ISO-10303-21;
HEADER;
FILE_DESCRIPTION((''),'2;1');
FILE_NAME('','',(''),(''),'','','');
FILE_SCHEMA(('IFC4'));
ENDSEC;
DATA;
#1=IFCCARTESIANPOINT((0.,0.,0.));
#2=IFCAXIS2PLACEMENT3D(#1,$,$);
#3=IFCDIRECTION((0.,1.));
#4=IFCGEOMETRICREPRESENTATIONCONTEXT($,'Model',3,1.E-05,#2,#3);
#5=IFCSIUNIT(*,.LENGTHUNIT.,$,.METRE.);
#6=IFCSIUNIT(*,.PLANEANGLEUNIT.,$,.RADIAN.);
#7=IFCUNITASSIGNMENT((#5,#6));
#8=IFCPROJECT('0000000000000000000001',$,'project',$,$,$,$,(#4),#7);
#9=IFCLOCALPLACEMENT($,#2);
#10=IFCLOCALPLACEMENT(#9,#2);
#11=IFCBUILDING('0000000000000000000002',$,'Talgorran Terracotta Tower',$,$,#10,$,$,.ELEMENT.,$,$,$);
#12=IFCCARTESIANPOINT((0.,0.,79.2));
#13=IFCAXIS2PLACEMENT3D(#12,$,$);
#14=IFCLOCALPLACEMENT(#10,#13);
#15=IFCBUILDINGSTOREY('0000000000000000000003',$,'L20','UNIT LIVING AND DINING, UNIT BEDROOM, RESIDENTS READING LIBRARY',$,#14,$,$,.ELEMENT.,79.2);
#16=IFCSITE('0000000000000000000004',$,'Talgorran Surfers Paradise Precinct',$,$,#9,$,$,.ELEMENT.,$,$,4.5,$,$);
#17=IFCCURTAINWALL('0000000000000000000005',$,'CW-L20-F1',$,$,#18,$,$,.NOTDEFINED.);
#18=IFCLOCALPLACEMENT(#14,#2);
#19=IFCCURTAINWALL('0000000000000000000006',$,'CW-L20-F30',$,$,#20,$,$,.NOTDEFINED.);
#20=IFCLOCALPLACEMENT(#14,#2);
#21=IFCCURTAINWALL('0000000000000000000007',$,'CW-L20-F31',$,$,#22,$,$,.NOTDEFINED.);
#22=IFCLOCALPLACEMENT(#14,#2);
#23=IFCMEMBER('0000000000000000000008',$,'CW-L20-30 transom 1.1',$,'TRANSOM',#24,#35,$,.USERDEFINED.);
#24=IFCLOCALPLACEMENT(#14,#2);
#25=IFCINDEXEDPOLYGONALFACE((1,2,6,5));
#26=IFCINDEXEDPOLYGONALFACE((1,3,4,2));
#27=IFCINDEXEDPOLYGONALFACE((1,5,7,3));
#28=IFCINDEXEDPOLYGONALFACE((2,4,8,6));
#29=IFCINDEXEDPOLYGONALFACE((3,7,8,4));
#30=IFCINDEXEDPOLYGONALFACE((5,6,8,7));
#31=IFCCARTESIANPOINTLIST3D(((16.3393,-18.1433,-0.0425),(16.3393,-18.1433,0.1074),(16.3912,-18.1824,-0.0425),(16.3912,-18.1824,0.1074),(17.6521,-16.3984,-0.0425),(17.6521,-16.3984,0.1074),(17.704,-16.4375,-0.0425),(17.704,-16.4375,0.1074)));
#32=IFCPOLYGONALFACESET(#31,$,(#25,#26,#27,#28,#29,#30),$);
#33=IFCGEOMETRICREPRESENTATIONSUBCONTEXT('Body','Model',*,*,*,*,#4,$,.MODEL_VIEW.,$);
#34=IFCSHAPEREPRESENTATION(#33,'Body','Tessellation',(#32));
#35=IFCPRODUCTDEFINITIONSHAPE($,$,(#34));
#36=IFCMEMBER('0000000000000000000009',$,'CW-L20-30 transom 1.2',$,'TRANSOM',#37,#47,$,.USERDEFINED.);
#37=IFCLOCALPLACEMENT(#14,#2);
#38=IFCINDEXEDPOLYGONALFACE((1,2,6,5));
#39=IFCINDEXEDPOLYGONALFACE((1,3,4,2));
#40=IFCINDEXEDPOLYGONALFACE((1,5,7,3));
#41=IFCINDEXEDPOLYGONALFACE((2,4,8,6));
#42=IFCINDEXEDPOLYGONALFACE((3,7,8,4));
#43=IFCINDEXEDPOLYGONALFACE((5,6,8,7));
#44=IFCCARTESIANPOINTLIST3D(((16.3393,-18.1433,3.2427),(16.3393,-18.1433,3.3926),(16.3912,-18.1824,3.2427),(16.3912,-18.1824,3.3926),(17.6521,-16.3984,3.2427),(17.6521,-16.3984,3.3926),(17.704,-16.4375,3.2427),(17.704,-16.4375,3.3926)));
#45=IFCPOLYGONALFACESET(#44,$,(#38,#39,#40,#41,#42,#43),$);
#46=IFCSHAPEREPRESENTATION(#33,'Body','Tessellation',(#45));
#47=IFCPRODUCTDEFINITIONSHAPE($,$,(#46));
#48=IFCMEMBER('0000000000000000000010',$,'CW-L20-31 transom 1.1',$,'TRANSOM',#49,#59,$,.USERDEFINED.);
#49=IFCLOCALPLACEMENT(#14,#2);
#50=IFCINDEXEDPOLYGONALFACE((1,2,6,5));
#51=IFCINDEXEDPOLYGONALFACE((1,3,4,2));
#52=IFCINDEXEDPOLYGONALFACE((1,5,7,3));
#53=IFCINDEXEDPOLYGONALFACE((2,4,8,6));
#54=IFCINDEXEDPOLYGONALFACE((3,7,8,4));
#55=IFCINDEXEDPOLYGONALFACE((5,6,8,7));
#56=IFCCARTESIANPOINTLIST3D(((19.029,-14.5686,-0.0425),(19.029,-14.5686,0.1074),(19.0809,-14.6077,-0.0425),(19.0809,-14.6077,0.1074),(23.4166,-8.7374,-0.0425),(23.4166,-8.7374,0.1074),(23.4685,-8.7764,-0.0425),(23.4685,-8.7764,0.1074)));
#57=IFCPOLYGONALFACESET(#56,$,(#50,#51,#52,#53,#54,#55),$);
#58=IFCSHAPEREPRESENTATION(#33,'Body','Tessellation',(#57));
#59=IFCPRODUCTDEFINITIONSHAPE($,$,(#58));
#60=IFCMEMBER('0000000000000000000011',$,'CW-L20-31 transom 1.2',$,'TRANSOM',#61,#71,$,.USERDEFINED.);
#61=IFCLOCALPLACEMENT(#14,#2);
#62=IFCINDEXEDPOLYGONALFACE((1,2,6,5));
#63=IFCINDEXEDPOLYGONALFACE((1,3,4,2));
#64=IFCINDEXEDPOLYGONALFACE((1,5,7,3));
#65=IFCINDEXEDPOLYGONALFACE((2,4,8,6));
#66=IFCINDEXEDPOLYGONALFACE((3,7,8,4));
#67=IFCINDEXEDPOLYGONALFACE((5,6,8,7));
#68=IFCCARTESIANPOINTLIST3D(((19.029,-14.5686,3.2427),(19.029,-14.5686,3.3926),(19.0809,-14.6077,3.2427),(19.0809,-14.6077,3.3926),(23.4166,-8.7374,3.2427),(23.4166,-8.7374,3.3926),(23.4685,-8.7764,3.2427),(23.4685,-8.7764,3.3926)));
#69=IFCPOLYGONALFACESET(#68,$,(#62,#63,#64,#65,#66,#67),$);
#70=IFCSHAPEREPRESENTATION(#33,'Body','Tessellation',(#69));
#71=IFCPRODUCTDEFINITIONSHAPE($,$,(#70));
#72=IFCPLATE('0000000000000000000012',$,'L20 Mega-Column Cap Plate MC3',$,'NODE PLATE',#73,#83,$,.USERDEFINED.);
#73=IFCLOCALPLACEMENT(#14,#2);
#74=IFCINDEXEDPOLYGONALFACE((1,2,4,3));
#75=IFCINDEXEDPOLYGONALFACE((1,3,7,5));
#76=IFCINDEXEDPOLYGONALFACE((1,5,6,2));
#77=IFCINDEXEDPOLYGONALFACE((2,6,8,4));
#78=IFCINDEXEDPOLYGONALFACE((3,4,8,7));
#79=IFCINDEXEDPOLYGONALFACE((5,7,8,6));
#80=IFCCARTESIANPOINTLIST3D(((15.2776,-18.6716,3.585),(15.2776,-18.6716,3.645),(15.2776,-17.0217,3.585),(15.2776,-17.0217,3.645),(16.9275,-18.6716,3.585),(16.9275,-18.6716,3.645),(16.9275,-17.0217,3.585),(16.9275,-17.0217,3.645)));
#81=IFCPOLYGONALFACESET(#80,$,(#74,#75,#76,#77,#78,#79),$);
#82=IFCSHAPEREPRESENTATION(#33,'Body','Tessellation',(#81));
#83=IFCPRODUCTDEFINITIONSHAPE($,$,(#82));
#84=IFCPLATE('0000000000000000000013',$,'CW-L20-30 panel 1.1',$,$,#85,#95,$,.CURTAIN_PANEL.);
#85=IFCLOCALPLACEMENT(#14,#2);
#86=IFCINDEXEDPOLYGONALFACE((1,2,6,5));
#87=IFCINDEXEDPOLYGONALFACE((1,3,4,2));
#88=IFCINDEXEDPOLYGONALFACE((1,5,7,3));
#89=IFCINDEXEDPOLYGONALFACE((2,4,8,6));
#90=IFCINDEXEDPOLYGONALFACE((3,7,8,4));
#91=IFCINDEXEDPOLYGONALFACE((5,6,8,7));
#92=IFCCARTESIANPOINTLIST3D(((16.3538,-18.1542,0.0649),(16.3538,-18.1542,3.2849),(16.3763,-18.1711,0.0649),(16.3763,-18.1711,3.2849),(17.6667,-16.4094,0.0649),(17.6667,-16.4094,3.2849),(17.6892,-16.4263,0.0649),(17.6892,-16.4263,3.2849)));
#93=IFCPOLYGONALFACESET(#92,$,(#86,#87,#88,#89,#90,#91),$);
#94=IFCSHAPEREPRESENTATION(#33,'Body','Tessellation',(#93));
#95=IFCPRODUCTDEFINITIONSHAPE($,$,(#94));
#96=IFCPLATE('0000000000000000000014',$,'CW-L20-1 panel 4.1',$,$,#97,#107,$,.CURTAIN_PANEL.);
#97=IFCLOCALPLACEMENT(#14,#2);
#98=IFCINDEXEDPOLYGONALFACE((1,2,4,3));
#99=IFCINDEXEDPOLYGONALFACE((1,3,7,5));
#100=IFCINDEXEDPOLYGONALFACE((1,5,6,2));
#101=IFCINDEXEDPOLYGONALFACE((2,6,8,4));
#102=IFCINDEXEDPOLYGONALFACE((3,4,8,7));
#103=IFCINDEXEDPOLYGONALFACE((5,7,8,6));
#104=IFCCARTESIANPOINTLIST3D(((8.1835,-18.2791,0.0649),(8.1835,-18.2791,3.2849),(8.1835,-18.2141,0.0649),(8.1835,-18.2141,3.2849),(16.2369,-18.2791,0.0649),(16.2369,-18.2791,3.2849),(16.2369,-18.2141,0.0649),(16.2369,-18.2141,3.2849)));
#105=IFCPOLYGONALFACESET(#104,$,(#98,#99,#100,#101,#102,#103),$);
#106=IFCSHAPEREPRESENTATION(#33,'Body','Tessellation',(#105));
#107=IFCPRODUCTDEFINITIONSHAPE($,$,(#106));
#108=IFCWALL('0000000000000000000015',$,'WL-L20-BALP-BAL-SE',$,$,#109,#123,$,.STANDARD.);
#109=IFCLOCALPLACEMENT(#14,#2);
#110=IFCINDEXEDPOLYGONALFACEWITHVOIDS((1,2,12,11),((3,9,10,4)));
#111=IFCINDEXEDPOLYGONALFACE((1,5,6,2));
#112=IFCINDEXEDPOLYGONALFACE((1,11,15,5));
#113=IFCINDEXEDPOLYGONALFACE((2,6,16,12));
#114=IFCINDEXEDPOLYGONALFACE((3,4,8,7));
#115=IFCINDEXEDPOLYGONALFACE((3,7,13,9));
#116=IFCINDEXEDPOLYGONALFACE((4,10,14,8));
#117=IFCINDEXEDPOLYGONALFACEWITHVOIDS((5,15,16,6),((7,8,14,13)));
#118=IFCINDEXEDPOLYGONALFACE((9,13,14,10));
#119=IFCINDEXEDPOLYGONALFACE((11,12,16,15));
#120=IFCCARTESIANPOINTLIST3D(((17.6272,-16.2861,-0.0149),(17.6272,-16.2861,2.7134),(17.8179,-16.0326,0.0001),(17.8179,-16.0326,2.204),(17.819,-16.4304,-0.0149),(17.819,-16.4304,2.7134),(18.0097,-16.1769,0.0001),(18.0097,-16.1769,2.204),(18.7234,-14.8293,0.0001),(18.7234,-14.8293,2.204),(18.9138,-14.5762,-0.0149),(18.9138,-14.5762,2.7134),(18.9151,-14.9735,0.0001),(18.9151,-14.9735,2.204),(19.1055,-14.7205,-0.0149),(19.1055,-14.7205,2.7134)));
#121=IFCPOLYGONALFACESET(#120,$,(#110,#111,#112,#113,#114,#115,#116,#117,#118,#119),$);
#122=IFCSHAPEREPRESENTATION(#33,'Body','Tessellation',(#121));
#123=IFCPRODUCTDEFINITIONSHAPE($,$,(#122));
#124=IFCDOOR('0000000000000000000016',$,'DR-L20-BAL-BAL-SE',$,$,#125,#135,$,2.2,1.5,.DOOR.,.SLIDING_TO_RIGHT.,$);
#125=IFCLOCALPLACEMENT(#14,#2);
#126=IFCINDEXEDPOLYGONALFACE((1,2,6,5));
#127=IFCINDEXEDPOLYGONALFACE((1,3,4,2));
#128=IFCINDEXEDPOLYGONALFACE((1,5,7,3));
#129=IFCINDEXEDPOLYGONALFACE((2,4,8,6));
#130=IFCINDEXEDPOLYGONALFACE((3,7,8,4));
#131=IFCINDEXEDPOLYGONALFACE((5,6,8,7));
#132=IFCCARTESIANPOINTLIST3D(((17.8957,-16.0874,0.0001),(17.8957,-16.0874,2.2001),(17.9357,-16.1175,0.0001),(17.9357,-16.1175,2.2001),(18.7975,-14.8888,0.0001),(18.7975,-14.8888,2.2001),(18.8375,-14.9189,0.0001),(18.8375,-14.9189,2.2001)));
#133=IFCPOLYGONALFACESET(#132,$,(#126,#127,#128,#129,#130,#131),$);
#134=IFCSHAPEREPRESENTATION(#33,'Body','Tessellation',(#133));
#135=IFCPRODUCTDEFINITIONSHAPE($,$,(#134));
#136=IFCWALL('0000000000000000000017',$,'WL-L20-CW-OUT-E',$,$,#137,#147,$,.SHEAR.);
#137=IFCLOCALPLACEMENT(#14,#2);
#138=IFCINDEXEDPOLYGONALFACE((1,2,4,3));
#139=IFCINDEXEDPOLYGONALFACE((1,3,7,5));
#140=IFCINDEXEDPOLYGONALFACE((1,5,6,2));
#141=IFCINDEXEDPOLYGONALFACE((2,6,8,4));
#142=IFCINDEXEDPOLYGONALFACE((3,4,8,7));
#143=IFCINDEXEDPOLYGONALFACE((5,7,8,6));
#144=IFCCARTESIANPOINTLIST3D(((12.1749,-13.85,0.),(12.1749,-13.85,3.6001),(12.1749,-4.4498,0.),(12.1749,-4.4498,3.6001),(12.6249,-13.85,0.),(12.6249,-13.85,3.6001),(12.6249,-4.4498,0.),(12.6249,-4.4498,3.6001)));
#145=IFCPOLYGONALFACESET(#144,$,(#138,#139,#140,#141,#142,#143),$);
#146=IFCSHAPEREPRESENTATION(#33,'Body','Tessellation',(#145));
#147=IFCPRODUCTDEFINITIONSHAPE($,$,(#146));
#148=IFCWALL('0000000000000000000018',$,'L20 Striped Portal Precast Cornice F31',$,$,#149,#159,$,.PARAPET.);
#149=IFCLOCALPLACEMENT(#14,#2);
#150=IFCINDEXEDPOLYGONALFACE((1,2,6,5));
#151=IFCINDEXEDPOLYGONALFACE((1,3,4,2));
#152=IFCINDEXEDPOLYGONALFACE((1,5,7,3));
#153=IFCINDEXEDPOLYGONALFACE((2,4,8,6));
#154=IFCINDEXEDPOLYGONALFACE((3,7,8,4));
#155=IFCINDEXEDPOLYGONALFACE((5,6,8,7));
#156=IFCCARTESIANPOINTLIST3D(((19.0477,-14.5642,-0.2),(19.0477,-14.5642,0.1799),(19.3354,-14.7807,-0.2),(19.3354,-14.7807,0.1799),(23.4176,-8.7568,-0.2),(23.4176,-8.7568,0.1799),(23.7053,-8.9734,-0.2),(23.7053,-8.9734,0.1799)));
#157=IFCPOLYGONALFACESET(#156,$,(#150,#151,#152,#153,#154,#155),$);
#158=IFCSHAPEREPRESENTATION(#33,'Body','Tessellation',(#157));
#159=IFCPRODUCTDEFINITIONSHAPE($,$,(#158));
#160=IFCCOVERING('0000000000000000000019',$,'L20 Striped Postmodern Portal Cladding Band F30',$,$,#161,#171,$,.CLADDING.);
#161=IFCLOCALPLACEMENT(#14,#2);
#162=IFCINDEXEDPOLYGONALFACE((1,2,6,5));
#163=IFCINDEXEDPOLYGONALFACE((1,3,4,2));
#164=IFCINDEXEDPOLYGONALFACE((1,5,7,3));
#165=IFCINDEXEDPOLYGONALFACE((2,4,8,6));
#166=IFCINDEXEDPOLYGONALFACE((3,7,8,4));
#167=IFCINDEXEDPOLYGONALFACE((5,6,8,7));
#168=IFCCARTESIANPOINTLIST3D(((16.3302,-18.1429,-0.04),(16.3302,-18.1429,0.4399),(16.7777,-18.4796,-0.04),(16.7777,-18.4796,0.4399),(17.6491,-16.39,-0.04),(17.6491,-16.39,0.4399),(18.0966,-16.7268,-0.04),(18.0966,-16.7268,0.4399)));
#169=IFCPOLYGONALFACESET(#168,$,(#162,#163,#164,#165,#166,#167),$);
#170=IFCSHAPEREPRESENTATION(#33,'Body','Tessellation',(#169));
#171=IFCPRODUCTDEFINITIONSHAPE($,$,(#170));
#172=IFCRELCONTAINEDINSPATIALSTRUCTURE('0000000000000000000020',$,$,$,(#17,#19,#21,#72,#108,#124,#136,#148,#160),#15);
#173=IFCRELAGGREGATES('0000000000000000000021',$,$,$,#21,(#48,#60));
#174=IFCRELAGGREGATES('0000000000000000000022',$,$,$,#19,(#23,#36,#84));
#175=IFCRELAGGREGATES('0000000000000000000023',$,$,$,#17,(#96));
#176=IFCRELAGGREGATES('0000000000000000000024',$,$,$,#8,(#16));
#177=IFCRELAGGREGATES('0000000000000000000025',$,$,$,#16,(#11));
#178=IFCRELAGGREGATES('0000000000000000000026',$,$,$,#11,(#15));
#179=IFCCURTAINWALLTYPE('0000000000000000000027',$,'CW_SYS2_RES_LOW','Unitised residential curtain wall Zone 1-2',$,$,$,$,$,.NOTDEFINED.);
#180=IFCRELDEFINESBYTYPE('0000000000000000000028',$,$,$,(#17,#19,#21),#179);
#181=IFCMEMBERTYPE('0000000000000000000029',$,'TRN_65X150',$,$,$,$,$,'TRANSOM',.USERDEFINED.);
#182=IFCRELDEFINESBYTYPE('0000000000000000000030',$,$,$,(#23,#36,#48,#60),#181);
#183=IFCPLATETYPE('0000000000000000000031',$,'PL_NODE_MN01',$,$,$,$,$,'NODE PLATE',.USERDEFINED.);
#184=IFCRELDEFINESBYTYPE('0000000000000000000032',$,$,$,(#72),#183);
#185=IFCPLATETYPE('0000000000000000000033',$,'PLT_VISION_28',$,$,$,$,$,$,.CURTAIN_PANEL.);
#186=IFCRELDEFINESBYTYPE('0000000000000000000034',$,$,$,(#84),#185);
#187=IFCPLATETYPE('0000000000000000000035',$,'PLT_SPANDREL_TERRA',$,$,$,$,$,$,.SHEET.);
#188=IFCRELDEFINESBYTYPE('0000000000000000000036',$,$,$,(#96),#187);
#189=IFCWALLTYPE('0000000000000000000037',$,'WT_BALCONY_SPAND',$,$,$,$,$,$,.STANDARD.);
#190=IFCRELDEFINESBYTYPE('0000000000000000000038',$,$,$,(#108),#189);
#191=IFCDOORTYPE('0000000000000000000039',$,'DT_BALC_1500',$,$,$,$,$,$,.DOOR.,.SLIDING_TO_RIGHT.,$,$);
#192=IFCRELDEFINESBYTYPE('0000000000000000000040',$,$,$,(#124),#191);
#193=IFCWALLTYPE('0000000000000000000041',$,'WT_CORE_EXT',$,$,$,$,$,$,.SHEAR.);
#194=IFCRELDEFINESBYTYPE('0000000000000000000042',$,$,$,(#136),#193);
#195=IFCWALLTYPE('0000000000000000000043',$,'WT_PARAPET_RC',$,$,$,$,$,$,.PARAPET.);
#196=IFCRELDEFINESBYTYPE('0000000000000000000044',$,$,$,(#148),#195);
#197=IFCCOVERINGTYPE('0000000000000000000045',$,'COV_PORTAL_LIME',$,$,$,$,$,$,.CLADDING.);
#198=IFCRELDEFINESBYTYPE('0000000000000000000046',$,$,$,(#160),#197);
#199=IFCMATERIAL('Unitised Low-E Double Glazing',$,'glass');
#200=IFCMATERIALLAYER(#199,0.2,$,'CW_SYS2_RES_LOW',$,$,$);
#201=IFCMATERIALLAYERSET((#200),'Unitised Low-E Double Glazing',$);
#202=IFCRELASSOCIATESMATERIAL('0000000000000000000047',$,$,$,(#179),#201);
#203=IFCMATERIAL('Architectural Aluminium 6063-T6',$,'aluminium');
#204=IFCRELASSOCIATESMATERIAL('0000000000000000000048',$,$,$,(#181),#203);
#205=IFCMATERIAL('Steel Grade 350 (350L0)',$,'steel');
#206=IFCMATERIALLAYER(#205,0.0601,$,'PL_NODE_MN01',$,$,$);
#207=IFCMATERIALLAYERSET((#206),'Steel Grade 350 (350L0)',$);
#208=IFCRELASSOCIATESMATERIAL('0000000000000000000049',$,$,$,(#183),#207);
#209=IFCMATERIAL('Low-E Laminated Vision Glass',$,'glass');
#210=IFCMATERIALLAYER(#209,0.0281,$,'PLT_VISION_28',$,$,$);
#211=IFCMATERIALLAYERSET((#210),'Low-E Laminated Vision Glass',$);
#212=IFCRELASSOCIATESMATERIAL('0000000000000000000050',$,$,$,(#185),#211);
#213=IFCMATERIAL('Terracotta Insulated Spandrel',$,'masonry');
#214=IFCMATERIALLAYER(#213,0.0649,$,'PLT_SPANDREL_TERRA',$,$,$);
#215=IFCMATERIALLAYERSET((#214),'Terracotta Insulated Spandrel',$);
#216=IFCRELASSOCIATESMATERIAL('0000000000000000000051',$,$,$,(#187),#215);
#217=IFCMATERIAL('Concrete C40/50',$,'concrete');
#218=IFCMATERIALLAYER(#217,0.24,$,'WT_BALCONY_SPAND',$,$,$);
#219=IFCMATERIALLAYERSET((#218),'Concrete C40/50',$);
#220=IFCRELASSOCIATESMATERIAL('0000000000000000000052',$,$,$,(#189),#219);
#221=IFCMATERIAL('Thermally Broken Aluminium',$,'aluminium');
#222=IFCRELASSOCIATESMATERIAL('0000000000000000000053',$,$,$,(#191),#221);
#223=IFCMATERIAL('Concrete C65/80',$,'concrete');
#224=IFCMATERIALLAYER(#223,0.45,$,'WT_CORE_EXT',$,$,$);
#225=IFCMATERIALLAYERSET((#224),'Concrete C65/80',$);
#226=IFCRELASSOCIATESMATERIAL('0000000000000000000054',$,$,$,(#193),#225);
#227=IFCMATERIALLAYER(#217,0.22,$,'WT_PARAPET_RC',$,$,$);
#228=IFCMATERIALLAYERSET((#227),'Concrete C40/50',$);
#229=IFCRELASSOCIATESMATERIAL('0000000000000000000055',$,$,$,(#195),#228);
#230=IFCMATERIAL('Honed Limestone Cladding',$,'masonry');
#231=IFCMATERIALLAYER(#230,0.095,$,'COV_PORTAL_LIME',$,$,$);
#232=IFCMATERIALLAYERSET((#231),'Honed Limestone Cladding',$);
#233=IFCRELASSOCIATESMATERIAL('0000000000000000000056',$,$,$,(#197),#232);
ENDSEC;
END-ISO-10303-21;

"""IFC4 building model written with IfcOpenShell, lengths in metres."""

from ifc_helpers import new_model, si_unit, direction, frame, frame_2d, origin, origin_2d, place, context, subcontext, project, spatial, rectangle, extrude, source, transform, mapped, material, layer, layer_set, material_profile, profile_set, type_object, type_shapes, element, fill, aggregate, save


model = new_model("IFC4")

# Units and contexts
model_context = context("Model", 3, precision=1e-05, world=origin(), true_north=direction((0.0, 1.0)))
body_context = subcontext(model_context, "Body", "Model", "MODEL_VIEW")
ifc_project = project(units=[si_unit("LENGTHUNIT", "METRE"), si_unit("PLANEANGLEUNIT", "RADIAN")], contexts=[model_context])

# Site, building, storey
site_placement = place(None, origin())
site = spatial("IfcSite", under=ifc_project, at=site_placement, Name="Talgorran Surfers Paradise Precinct", CompositionType="ELEMENT", RefElevation=4.5)
building_placement = place(site_placement, origin())
building = spatial("IfcBuilding", under=site, at=building_placement, Name="Talgorran Terracotta Tower", CompositionType="ELEMENT")
storey_placement = place(building_placement, frame((0.0, 0.0, 79.2)))
storey = spatial("IfcBuildingStorey", under=building, at=storey_placement, Name="L20", Description="UNIT LIVING AND DINING, UNIT BEDROOM, RESIDENTS READING LIBRARY", CompositionType="ELEMENT", Elevation=79.2)

# Shared definitions
ifc_material_1 = material(Name="Steel Grade 350 (350L0)", Category="steel")

# Curtain wall
ifc_material_2 = material(Name="Unitised Low-E Double Glazing", Category="glass")
ifc_layer_1 = layer(ifc_material_2, 0.2, Name="CW_SYS2_RES_LOW")
ifc_layer_set_1 = layer_set([ifc_layer_1], Name="Unitised Low-E Double Glazing")
curtain_wall_type = type_object("IfcCurtainWallType", Name="CW_SYS2_RES_LOW", Description="Unitised residential curtain wall Zone 1-2", PredefinedType="NOTDEFINED", material=ifc_layer_set_1)
curtain_wall_1_placement = place(storey_placement, origin())
curtain_wall_1 = element("IfcCurtainWall", 1, at=curtain_wall_1_placement, inside=storey, type_object=curtain_wall_type, Name="CW-L20-F1", PredefinedType="NOTDEFINED")
ifc_material_3 = material(Name="Architectural Aluminium 6063-T6", Category="aluminium")

# Curtain wall
curtain_wall_2_placement = place(storey_placement, origin())
curtain_wall_2 = element("IfcCurtainWall", 2, at=curtain_wall_2_placement, inside=storey, type_object=curtain_wall_type, Name="CW-L20-F30", PredefinedType="NOTDEFINED")

# Curtain wall
curtain_wall_3_placement = place(storey_placement, origin())
curtain_wall_3 = element("IfcCurtainWall", 3, at=curtain_wall_3_placement, inside=storey, type_object=curtain_wall_type, Name="CW-L20-F31", PredefinedType="NOTDEFINED")

# Members
ifc_material_profile_1 = material_profile(ifc_material_3, rectangle(XDim=0.0649, YDim=0.1499, at=origin_2d()), Name="CWT65X150")
ifc_profile_set_1 = profile_set([ifc_material_profile_1], Name="Architectural Aluminium 6063-T6")
member_type_1 = type_object("IfcMemberType", Name="TRN_65X150", ElementType="TRANSOM", PredefinedType="USERDEFINED", material=ifc_profile_set_1)
member_1_placement = place(storey_placement, frame((16.3652, -18.1628, 0.0325), z_axis=(0.601198, 0.7991, 0.0), x_axis=(-0.7991, 0.601198, 0.0)))
member_1 = element("IfcMember", 4, at=member_1_placement, type_object=member_type_1, Name="CW-L20-30 transom 1.1", ObjectType="TRANSOM", PredefinedType="USERDEFINED", context=body_context, shape_type="SweptSolid", body=[
    extrude(rectangle(XDim=0.0649, YDim=0.1499, at=origin_2d()), origin(), (0.0, 0.0, 1.0), 2.1836),
])
member_2_placement = place(storey_placement, frame((16.3652, -18.1628, 3.3176), z_axis=(0.601198, 0.7991, 0.0), x_axis=(-0.7991, 0.601198, 0.0)))
member_2 = element("IfcMember", 5, at=member_2_placement, type_object=member_type_1, Name="CW-L20-30 transom 1.2", ObjectType="TRANSOM", PredefinedType="USERDEFINED", context=body_context, shape_type="SweptSolid", body=[
    extrude(rectangle(XDim=0.0649, YDim=0.1499, at=origin_2d()), origin(), (0.0, 0.0, 1.0), 2.1836),
])
member_3_placement = place(storey_placement, frame((19.0549, -14.5881, 0.0325), z_axis=(0.601246, 0.799064, 0.0), x_axis=(-0.799064, 0.601246, 0.0)))
member_3 = element("IfcMember", 6, at=member_3_placement, type_object=member_type_1, Name="CW-L20-31 transom 1.1", ObjectType="TRANSOM", PredefinedType="USERDEFINED", context=body_context, shape_type="SweptSolid", body=[
    extrude(rectangle(XDim=0.0649, YDim=0.1499, at=origin_2d()), origin(), (0.0, 0.0, 1.0), 7.2976),
])
member_4_placement = place(storey_placement, frame((19.0549, -14.5881, 3.3176), z_axis=(0.601246, 0.799064, 0.0), x_axis=(-0.799064, 0.601246, 0.0)))
member_4 = element("IfcMember", 7, at=member_4_placement, type_object=member_type_1, Name="CW-L20-31 transom 1.2", ObjectType="TRANSOM", PredefinedType="USERDEFINED", context=body_context, shape_type="SweptSolid", body=[
    extrude(rectangle(XDim=0.0649, YDim=0.1499, at=origin_2d()), origin(), (0.0, 0.0, 1.0), 7.2976),
])
aggregate(curtain_wall_3, [member_3, member_4])

# Plates
ifc_layer_2 = layer(ifc_material_1, 0.0601, Name="PL_NODE_MN01")
ifc_layer_set_2 = layer_set([ifc_layer_2], Name="Steel Grade 350 (350L0)")
plate_type_1 = type_object("IfcPlateType", Name="PL_NODE_MN01", ElementType="NODE PLATE", PredefinedType="USERDEFINED", material=ifc_layer_set_2)
plate_1_placement = place(storey_placement, frame((16.1025, -17.8467, 3.585), z_axis=(0.0, 0.0, 1.0), x_axis=(1.0, 0.0, 0.0)))
element("IfcPlate", 8, at=plate_1_placement, inside=storey, type_object=plate_type_1, Name="L20 Mega-Column Cap Plate MC3", ObjectType="NODE PLATE", PredefinedType="USERDEFINED", context=body_context, shape_type="SweptSolid", body=[
    extrude(rectangle(XDim=1.6499, YDim=1.6499, at=origin_2d()), origin(), (0.0, 0.0, 1.0), 0.0601),
])
ifc_material_4 = material(Name="Low-E Laminated Vision Glass", Category="glass")
ifc_layer_3 = layer(ifc_material_4, 0.0281, Name="PLT_VISION_28")
ifc_layer_set_3 = layer_set([ifc_layer_3], Name="Low-E Laminated Vision Glass")
plate_type_2 = type_object("IfcPlateType", Name="PLT_VISION_28", PredefinedType="CURTAIN_PANEL", material=ifc_layer_set_3)
shared_shape_1 = source(origin(), body_context, "Body", "SweptSolid", [
    extrude(rectangle(XDim=2.1836, YDim=0.0281, at=origin_2d()), origin(), (0.0, 0.0, 1.0), 3.22),
])
type_shapes(plate_type_2, [shared_shape_1])
plate_2_placement = place(storey_placement, frame((17.0215, -17.2903, 0.0649), z_axis=(0.0, 0.0, 1.0), x_axis=(0.601258, 0.799055, 0.0)))
plate_2 = element("IfcPlate", 9, at=plate_2_placement, type_object=plate_type_2, Name="CW-L20-30 panel 1.1", PredefinedType="CURTAIN_PANEL", context=body_context, shape_type="MappedRepresentation", body=[
    mapped(shared_shape_1, transform((0.0, 0.0, 0.0), scale=1.0)),
])
aggregate(curtain_wall_2, [member_1, member_2, plate_2])
ifc_material_5 = material(Name="Terracotta Insulated Spandrel", Category="masonry")
ifc_layer_4 = layer(ifc_material_5, 0.0649, Name="PLT_SPANDREL_TERRA")
ifc_layer_set_4 = layer_set([ifc_layer_4], Name="Terracotta Insulated Spandrel")
plate_type_3 = type_object("IfcPlateType", Name="PLT_SPANDREL_TERRA", PredefinedType="SHEET", material=ifc_layer_set_4)
shared_shape_2 = source(origin(), body_context, "Body", "SweptSolid", [
    extrude(rectangle(XDim=8.0535, YDim=0.0649, at=origin_2d()), origin(), (0.0, 0.0, 1.0), 3.22),
])
type_shapes(plate_type_3, [shared_shape_2])
plate_3_placement = place(storey_placement, frame((12.2102, -18.2466, 0.0649), z_axis=(0.0, 0.0, 1.0), x_axis=(1.0, 0.0, 0.0)))
plate_3 = element("IfcPlate", 10, at=plate_3_placement, type_object=plate_type_3, Name="CW-L20-1 panel 4.1", PredefinedType="CURTAIN_PANEL", context=body_context, shape_type="MappedRepresentation", body=[
    mapped(shared_shape_2, transform((0.0, 0.0, 0.0), scale=1.0)),
])
aggregate(curtain_wall_1, [plate_3])

# Wall, opening, door
ifc_material_6 = material(Name="Concrete C40/50", Category="concrete")
ifc_layer_5 = layer(ifc_material_6, 0.24, Name="WT_BALCONY_SPAND")
ifc_layer_set_5 = layer_set([ifc_layer_5], Name="Concrete C40/50")
wall_type_1 = type_object("IfcWallType", Name="WT_BALCONY_SPAND", PredefinedType="STANDARD", material=ifc_layer_set_5)
wall_1_placement = place(storey_placement, frame((17.7231, -16.3582, -0.0149), z_axis=(0.0, 0.0, 1.0), x_axis=(0.601241, 0.799068, 0.0)))
wall_1 = element("IfcWall", 11, at=wall_1_placement, inside=storey, type_object=wall_type_1, Name="WL-L20-BALP-BAL-SE", PredefinedType="STANDARD", context=body_context, shape_type="SweptSolid", body=[
    extrude(rectangle(XDim=2.1399, YDim=0.24, at=frame_2d((1.0698, 0.0))), origin(), (0.0, 0.0, 1.0), 2.7283),
])
opening_placement = place(wall_1_placement, frame((0.3201, 0.0, 0.0149)))
opening = element("IfcOpeningElement", 12, at=opening_placement, cuts=wall_1, PredefinedType="OPENING", context=body_context, shape_type="SweptSolid", body=[
    extrude(rectangle(XDim=1.506, YDim=2.204, at=frame_2d((0.75, 1.1021))), frame((0.0, 0.1299, 0.0), z_axis=(0.0, -1.0, 0.0), x_axis=(1.0, 0.0, 0.0)), (0.0, 0.0, 1.0), 0.26),
])
ifc_material_7 = material(Name="Thermally Broken Aluminium", Category="aluminium")
door_type = type_object("IfcDoorType", Name="DT_BALC_1500", OperationType="SLIDING_TO_RIGHT", PredefinedType="DOOR", material=ifc_material_7)
door_placement = place(opening_placement, origin())
door = element("IfcDoor", 13, at=door_placement, inside=storey, type_object=door_type, Name="DR-L20-BAL-BAL-SE", OperationType="SLIDING_TO_RIGHT", OverallHeight=2.2, OverallWidth=1.5, PredefinedType="DOOR", context=body_context, shape_type="SweptSolid", body=[
    extrude(rectangle(XDim=1.5, YDim=2.2, at=frame_2d((0.75, 1.1001))), frame((0.0, 0.0249, 0.0), z_axis=(0.0, -1.0, 0.0), x_axis=(1.0, 0.0, 0.0)), (0.0, 0.0, 1.0), 0.05),
])
fill(opening, door)

# Walls
ifc_material_8 = material(Name="Concrete C65/80", Category="concrete")
ifc_layer_6 = layer(ifc_material_8, 0.45, Name="WT_CORE_EXT")
ifc_layer_set_6 = layer_set([ifc_layer_6], Name="Concrete C65/80")
wall_type_2 = type_object("IfcWallType", Name="WT_CORE_EXT", PredefinedType="SHEAR", material=ifc_layer_set_6)
wall_2_placement = place(storey_placement, frame((12.3999, -13.8501, 0.0), z_axis=(0.0, 0.0, 1.0), x_axis=(0.0, 1.0, 0.0)))
element("IfcWall", 14, at=wall_2_placement, inside=storey, type_object=wall_type_2, Name="WL-L20-CW-OUT-E", PredefinedType="SHEAR", context=body_context, shape_type="SweptSolid", body=[
    extrude(rectangle(XDim=9.4001, YDim=0.45, at=frame_2d((4.7002, 0.0))), origin(), (0.0, 0.0, 1.0), 3.6001),
])
ifc_layer_7 = layer(ifc_material_6, 0.22, Name="WT_PARAPET_RC")
ifc_layer_set_7 = layer_set([ifc_layer_7], Name="Concrete C40/50")
wall_type_3 = type_object("IfcWallType", Name="WT_PARAPET_RC", PredefinedType="PARAPET", material=ifc_layer_set_7)
wall_3_placement = place(storey_placement, frame((19.1917, -14.6724, -0.2), z_axis=(0.0, 0.0, 1.0), x_axis=(0.601262, 0.799052, 0.0)))
element("IfcWall", 15, at=wall_3_placement, inside=storey, type_object=wall_type_3, Name="L20 Striped Portal Precast Cornice F31", PredefinedType="PARAPET", context=body_context, shape_type="SweptSolid", body=[
    extrude(rectangle(XDim=7.2678, YDim=0.3601, at=frame_2d((3.6338, 0.0))), origin(), (0.0, 0.0, 1.0), 0.3799),
])

# Covering
ifc_material_9 = material(Name="Honed Limestone Cladding", Category="masonry")
ifc_layer_8 = layer(ifc_material_9, 0.095, Name="COV_PORTAL_LIME")
ifc_layer_set_8 = layer_set([ifc_layer_8], Name="Honed Limestone Cladding")
covering_type = type_object("IfcCoveringType", Name="COV_PORTAL_LIME", PredefinedType="CLADDING", material=ifc_layer_set_8)
covering_placement = place(storey_placement, frame((17.2134, -17.4348, -0.04), z_axis=(0.0, 0.0, 1.0), x_axis=(0.601257, 0.799055, 0.0)))
element("IfcCovering", 16, at=covering_placement, inside=storey, type_object=covering_type, Name="L20 Striped Postmodern Portal Cladding Band F30", PredefinedType="CLADDING", context=body_context, shape_type="SweptSolid", body=[
    extrude(rectangle(XDim=2.1936, YDim=0.5601, at=origin_2d()), origin(), (0.0, 0.0, 1.0), 0.48),
])

save(model, "model.ifc")
